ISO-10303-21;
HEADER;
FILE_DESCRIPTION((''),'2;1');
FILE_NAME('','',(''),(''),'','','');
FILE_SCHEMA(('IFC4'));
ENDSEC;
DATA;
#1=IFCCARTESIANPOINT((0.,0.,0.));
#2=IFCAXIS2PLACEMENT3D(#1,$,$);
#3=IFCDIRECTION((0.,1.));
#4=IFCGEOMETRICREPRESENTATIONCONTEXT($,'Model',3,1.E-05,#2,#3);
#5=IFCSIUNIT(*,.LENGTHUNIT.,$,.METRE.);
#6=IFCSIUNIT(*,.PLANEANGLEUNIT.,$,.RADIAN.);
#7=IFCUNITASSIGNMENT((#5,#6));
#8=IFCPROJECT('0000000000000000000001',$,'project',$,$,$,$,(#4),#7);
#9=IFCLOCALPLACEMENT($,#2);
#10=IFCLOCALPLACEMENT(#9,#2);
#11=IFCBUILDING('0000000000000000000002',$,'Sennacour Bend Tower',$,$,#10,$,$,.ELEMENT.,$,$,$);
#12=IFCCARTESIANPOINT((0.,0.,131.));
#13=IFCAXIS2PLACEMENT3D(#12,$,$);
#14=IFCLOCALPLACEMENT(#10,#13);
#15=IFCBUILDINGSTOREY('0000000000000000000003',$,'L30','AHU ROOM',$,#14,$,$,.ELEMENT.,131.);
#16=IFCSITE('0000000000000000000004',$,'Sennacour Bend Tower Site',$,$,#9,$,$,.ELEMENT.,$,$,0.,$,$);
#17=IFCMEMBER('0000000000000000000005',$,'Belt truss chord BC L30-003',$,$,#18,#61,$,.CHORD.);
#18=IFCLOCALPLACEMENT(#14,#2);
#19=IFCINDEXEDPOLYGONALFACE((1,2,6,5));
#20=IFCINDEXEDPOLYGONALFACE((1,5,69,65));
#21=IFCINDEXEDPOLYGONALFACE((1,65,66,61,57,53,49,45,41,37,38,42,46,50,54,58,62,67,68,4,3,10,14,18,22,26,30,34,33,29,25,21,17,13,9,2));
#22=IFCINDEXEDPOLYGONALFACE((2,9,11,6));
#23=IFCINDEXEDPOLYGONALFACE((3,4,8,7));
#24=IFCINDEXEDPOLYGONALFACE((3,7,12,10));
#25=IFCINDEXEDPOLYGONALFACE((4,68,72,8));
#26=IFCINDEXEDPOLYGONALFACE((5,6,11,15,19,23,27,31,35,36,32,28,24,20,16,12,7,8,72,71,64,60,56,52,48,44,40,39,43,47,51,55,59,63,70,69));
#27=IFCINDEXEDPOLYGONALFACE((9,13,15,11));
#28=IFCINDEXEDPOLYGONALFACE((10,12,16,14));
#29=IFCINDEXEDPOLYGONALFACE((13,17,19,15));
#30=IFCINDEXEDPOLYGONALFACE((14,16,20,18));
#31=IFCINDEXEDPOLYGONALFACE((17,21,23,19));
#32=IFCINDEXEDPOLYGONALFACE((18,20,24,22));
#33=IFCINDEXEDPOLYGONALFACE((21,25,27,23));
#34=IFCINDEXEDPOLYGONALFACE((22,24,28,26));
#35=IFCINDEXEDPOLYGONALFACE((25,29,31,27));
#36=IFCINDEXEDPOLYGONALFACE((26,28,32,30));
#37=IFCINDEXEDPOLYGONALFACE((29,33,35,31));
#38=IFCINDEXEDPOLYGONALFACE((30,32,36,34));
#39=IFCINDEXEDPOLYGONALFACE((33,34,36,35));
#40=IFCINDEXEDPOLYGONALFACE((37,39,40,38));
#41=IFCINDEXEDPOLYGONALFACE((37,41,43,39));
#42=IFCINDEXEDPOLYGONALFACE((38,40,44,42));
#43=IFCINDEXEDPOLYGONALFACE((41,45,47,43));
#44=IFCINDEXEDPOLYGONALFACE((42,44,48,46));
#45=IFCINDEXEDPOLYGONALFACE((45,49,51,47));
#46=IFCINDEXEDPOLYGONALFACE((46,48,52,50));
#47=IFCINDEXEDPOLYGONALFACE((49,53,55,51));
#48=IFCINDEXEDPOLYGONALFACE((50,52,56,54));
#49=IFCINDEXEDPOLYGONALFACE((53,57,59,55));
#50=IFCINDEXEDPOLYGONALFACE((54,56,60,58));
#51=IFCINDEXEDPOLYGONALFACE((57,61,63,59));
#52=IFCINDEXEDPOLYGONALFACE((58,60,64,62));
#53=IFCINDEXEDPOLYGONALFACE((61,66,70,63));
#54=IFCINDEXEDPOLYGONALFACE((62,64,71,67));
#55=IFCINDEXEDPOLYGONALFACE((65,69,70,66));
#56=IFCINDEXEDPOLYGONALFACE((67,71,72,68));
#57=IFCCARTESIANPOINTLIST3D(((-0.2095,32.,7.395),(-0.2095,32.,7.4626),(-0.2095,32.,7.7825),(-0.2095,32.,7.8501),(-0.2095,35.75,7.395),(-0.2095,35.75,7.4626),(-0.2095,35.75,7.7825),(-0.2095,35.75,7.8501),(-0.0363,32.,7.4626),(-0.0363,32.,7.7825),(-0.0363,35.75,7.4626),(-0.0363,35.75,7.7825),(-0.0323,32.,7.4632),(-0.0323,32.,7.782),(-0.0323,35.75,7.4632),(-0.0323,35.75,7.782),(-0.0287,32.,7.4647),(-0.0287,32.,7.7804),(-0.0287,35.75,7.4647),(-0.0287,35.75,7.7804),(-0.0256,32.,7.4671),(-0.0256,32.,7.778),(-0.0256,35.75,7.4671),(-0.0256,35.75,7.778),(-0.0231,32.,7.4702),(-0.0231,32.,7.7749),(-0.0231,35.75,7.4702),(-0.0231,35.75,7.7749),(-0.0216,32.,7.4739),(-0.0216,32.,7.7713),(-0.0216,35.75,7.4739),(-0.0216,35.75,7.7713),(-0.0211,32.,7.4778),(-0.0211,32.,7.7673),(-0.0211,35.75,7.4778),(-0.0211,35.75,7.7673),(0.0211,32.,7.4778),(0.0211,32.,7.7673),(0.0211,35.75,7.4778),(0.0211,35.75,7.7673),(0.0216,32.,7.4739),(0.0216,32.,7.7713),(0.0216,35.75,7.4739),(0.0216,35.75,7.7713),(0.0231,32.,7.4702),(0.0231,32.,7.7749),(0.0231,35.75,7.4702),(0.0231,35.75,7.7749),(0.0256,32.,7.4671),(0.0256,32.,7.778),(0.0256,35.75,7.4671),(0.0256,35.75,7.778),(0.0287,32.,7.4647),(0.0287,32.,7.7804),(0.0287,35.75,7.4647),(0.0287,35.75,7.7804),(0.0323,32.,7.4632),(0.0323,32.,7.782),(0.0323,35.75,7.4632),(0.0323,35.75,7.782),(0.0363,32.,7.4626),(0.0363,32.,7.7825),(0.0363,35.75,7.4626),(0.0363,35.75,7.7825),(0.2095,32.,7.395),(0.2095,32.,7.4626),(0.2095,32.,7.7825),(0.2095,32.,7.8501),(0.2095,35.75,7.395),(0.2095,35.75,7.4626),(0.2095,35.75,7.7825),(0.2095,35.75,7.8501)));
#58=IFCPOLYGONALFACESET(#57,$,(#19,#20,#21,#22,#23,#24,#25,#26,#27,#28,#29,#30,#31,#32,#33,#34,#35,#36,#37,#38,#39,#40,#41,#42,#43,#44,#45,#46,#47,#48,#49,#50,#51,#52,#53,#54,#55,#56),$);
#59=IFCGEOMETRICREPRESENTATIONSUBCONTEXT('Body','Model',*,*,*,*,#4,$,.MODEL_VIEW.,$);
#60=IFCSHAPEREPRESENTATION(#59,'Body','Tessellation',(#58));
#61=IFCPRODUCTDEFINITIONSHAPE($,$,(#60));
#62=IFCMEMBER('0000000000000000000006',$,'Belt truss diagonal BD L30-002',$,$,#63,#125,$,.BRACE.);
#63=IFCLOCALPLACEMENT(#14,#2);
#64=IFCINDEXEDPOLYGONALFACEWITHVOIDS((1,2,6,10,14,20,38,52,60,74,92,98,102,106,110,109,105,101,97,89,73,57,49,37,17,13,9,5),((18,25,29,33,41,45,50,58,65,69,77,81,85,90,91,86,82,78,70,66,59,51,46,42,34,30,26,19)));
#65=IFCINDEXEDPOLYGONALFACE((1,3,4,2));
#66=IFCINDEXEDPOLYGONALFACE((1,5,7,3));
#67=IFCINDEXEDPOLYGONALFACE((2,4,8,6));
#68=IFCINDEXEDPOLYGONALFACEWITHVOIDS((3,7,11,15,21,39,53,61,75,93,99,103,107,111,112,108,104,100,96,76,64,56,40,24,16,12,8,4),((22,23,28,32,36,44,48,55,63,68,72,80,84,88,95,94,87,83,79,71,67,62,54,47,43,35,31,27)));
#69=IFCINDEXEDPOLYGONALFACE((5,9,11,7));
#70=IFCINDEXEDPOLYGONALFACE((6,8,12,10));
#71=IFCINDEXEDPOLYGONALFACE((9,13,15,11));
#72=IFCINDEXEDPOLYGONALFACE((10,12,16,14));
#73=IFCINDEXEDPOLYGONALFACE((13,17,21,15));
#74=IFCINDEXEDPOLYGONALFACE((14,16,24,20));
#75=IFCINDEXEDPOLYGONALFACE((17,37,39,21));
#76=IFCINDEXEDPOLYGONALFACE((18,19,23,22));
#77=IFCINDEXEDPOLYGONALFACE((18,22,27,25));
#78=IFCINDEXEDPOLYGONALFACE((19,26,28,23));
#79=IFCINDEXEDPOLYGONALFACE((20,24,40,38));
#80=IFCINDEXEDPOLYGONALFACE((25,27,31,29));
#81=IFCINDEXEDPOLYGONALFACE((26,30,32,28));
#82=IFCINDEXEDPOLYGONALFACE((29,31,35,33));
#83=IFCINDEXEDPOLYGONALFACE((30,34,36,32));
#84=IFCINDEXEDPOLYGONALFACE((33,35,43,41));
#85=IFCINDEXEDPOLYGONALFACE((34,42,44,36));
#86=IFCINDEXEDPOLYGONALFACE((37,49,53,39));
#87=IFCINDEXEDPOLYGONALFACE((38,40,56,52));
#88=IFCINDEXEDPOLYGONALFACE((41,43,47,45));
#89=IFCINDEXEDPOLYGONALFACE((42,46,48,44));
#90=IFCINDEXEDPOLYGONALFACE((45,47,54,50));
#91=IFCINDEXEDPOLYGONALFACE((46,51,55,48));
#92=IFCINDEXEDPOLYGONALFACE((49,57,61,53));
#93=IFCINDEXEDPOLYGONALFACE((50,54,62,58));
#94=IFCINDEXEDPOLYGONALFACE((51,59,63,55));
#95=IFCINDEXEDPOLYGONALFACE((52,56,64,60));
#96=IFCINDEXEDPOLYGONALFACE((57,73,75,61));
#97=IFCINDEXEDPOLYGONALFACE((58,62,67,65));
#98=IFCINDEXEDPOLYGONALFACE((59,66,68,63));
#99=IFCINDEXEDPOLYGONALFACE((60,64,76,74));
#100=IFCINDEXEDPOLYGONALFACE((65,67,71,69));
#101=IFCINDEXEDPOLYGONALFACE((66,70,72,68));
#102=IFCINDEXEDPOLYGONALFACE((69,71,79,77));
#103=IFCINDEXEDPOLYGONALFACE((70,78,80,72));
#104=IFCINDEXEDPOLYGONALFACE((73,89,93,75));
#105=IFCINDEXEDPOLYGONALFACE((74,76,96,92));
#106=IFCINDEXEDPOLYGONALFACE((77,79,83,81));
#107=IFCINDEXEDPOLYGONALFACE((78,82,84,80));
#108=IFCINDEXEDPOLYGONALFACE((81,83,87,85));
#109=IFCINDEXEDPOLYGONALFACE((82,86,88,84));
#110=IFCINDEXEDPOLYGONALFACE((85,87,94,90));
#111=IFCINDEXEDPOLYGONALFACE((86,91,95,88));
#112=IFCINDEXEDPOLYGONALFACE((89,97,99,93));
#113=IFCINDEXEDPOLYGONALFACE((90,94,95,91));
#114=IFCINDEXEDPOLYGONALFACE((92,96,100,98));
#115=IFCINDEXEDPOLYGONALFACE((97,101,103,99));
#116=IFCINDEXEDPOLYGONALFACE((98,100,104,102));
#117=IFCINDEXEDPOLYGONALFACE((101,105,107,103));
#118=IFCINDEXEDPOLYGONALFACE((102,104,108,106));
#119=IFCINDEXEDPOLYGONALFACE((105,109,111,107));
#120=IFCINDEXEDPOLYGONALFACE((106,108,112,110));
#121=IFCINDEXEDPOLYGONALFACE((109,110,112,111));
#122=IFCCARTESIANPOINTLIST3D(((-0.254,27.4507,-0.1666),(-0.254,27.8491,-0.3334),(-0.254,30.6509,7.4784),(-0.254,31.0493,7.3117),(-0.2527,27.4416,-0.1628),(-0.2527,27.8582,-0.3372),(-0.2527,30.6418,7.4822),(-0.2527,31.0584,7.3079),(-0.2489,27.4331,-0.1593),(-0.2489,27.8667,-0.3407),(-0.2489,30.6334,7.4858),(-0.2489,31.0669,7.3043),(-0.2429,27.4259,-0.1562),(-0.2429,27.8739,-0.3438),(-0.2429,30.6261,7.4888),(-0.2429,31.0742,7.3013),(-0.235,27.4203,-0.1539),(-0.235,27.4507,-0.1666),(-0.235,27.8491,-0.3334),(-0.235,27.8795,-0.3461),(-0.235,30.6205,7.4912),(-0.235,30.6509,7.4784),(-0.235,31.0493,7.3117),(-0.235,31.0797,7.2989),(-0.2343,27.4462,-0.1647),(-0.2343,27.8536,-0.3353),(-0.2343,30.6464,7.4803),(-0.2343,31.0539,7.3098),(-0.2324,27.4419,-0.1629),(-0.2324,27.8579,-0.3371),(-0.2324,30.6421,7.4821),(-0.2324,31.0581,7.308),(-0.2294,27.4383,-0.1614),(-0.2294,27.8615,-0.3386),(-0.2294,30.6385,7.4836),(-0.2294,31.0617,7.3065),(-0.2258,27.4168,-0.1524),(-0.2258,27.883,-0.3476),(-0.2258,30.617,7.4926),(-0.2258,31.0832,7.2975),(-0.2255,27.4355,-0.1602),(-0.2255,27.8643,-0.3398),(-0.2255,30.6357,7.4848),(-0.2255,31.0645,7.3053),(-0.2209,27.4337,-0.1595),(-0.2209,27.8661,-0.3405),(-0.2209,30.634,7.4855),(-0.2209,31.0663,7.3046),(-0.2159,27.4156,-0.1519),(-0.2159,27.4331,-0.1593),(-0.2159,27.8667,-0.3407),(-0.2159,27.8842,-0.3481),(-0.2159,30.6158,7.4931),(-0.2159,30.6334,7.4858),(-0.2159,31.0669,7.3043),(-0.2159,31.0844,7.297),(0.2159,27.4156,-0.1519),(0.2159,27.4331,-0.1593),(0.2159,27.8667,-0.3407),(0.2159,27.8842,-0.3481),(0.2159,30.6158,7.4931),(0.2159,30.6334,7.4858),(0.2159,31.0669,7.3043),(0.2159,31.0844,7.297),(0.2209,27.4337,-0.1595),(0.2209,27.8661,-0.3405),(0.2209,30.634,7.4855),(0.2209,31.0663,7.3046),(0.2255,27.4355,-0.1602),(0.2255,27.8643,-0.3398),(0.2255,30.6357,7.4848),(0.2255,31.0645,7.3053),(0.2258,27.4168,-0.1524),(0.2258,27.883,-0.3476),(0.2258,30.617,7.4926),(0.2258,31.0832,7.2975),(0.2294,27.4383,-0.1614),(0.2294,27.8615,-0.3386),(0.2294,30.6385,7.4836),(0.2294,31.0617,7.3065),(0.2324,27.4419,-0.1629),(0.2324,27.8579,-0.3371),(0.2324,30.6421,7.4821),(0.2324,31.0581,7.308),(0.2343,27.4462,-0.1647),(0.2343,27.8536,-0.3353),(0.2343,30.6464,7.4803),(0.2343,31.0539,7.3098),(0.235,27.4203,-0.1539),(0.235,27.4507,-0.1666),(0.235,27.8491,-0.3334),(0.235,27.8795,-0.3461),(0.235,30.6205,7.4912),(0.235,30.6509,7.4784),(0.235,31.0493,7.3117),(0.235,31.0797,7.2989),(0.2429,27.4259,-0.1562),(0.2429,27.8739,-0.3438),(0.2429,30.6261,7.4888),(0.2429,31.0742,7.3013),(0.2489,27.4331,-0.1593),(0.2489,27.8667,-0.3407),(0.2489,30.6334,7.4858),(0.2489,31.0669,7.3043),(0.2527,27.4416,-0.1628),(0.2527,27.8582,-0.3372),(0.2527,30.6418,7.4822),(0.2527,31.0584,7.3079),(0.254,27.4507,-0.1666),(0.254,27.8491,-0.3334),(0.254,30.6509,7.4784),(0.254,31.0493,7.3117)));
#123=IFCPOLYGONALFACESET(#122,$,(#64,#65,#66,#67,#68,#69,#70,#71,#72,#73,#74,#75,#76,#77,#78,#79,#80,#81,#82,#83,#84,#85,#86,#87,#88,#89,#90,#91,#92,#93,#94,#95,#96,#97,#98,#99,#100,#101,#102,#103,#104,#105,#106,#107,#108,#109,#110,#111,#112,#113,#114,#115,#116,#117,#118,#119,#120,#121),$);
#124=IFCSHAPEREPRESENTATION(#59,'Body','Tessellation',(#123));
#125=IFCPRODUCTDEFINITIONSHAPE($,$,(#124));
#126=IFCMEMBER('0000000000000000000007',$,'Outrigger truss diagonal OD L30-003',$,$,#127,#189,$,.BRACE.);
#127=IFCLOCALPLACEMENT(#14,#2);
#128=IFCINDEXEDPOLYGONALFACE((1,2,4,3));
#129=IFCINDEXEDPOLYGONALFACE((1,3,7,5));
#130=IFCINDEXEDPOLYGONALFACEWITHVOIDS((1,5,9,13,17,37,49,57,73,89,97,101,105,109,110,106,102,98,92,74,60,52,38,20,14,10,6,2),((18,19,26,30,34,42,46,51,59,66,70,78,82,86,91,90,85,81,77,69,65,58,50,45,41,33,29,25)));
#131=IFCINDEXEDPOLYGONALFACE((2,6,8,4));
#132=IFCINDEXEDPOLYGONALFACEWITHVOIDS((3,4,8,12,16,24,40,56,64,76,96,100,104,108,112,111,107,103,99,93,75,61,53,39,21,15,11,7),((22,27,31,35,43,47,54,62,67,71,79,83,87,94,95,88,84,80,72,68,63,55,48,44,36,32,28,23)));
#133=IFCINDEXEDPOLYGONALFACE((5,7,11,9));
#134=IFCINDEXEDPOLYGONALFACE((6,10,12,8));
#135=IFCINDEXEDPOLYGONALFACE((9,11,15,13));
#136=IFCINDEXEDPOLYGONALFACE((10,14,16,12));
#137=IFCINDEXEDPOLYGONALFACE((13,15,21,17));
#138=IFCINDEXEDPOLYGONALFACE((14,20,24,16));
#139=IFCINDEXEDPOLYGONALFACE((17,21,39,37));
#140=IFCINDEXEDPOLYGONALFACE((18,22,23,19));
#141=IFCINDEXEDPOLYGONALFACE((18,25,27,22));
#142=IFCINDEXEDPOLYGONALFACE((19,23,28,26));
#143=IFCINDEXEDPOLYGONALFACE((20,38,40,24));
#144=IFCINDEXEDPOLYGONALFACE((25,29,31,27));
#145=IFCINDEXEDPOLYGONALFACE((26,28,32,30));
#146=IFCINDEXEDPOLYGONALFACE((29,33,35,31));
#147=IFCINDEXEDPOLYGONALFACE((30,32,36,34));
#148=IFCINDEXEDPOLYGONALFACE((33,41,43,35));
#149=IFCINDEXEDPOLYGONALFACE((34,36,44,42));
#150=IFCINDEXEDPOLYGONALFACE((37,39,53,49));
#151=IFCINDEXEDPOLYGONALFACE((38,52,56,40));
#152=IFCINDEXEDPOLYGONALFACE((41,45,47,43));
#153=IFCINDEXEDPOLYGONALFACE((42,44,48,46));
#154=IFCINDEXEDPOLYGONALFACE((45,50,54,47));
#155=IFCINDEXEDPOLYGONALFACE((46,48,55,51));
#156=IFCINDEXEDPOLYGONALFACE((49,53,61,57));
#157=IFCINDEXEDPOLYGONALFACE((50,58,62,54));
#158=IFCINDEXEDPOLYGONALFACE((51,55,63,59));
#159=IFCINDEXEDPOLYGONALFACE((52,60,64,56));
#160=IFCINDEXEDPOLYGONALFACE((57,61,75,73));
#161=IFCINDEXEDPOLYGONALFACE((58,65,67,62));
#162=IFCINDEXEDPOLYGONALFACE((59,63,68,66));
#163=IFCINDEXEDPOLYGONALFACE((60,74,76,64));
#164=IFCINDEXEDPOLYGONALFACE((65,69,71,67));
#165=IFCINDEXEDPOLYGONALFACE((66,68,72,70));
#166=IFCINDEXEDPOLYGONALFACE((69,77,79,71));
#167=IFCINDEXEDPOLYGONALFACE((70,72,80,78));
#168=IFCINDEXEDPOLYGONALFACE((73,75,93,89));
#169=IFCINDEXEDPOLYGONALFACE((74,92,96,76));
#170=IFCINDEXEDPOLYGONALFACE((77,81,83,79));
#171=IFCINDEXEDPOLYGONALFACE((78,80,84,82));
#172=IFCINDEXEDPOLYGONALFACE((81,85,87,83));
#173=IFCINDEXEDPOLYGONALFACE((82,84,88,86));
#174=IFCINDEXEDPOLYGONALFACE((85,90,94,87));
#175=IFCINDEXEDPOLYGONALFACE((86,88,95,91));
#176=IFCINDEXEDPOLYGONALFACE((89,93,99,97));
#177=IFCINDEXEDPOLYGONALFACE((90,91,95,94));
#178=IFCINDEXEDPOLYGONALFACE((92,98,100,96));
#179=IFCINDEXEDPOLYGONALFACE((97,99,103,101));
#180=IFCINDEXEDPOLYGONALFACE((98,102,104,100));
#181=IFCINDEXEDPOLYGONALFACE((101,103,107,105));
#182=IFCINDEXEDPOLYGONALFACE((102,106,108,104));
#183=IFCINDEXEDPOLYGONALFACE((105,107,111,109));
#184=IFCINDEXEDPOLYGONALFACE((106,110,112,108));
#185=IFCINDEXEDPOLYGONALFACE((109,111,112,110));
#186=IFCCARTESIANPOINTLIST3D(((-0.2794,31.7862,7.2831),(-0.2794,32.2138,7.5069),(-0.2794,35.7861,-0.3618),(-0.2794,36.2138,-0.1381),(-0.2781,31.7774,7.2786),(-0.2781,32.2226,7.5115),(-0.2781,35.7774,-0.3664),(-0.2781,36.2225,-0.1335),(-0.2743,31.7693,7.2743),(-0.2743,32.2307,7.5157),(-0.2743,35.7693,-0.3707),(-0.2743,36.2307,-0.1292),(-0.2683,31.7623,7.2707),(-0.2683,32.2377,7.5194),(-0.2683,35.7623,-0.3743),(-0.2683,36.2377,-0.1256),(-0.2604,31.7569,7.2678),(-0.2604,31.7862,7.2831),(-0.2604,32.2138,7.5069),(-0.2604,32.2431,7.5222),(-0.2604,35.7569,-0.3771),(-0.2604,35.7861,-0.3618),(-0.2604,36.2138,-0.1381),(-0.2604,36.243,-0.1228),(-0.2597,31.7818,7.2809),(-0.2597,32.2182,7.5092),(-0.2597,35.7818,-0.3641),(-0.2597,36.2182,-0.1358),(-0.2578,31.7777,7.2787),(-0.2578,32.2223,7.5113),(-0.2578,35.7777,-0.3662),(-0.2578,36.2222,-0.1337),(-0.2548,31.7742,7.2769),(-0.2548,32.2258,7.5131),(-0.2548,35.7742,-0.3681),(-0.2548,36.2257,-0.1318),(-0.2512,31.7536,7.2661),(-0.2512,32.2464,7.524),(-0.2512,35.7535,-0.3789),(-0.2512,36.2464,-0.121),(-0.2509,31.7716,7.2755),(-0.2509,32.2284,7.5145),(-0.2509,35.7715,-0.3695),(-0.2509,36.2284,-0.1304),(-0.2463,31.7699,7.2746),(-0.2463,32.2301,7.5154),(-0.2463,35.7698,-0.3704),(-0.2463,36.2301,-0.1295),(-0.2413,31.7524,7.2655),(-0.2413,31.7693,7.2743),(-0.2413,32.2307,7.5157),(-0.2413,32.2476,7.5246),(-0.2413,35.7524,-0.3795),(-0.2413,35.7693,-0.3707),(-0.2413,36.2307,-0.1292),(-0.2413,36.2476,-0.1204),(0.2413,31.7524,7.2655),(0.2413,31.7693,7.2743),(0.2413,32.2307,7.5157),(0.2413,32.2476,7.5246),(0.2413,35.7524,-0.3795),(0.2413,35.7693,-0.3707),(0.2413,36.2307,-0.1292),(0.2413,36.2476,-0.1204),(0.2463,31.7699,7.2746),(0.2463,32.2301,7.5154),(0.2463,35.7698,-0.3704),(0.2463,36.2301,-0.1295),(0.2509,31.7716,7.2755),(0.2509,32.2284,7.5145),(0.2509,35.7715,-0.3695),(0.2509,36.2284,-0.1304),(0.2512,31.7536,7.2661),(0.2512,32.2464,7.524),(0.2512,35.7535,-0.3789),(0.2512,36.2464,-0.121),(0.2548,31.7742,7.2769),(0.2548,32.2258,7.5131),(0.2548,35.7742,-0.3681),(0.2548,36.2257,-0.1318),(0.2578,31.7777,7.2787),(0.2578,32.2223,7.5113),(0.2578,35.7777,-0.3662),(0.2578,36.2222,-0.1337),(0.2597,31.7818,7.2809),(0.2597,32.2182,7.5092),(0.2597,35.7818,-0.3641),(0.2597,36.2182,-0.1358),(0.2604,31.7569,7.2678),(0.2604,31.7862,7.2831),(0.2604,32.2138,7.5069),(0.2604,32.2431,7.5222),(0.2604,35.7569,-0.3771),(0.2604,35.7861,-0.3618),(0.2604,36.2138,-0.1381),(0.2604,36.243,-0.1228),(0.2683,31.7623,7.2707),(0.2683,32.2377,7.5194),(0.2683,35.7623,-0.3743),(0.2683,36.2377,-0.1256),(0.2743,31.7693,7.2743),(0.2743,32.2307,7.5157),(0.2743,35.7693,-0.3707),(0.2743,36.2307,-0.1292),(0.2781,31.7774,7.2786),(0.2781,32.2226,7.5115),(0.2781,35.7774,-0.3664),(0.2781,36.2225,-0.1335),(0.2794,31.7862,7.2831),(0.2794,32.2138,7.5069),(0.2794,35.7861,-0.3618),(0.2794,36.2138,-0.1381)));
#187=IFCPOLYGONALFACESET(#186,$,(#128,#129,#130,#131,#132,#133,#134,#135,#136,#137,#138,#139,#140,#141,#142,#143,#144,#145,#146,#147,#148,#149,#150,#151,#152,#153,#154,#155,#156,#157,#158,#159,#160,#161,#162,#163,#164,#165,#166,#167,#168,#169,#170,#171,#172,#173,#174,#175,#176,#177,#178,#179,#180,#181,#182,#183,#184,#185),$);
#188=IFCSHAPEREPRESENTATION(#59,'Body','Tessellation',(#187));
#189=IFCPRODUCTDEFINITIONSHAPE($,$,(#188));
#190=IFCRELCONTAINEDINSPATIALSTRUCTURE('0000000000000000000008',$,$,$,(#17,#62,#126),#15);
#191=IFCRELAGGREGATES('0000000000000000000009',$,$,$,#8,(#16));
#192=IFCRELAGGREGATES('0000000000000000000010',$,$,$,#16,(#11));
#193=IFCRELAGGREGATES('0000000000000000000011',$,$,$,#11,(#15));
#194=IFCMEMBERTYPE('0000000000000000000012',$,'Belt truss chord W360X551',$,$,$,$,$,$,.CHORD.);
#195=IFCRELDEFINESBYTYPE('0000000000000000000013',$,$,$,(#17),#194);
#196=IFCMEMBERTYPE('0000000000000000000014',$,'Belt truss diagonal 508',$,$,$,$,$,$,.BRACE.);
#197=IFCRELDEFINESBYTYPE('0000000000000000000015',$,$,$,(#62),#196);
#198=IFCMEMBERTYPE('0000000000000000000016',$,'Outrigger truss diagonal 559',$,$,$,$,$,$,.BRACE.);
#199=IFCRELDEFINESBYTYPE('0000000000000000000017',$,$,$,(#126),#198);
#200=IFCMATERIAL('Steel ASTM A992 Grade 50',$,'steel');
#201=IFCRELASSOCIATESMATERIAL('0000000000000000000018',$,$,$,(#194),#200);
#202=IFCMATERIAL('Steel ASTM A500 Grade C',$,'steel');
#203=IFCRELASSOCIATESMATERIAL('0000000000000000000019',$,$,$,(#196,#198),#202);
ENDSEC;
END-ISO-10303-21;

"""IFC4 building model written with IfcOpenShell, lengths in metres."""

from ifc_helpers import new_model, si_unit, direction, frame, origin, origin_2d, place, context, subcontext, project, spatial, hollow_rectangle, i_section, extrude, material, material_profile, profile_set, type_object, element, save


model = new_model("IFC4")

# Units and contexts
model_context = context("Model", 3, precision=1e-05, world=origin(), true_north=direction((0.0, 1.0)))
body_context = subcontext(model_context, "Body", "Model", "MODEL_VIEW")
ifc_project = project(units=[si_unit("LENGTHUNIT", "METRE"), si_unit("PLANEANGLEUNIT", "RADIAN")], contexts=[model_context])

# Site, building, storey
site_placement = place(None, origin())
site = spatial("IfcSite", under=ifc_project, at=site_placement, Name="Sennacour Bend Tower Site", CompositionType="ELEMENT", RefElevation=0.0)
building_placement = place(site_placement, origin())
building = spatial("IfcBuilding", under=site, at=building_placement, Name="Sennacour Bend Tower", CompositionType="ELEMENT")
storey_placement = place(building_placement, frame((0.0, 0.0, 131.0)))
storey = spatial("IfcBuildingStorey", under=building, at=storey_placement, Name="L30", Description="AHU ROOM", CompositionType="ELEMENT", Elevation=131.0)

# Members
ifc_material_1 = material(Name="Steel ASTM A992 Grade 50", Category="steel")
ifc_material_profile_1 = material_profile(ifc_material_1, i_section(OverallWidth=0.4189, OverallDepth=0.4551, WebThickness=0.0422, FlangeThickness=0.0676, FilletRadius=0.0151, at=origin_2d()), Name="Steel ASTM A992 Grade 50", Category="steel")
ifc_profile_set_1 = profile_set([ifc_material_profile_1], Name="Steel ASTM A992 Grade 50")
member_type_1 = type_object("IfcMemberType", Name="Belt truss chord W360X551", PredefinedType="CHORD", material=ifc_profile_set_1)
member_1_placement = place(storey_placement, frame((0.0, 32.0, 7.6226), z_axis=(0.0, 1.0, 0.0), x_axis=(-1.0, 0.0, 0.0)))
element("IfcMember", 1, at=member_1_placement, inside=storey, type_object=member_type_1, Name="Belt truss chord BC L30-003", PredefinedType="CHORD", context=body_context, shape_type="SweptSolid", body=[
    extrude(i_section(OverallWidth=0.4189, OverallDepth=0.4551, WebThickness=0.0422, FlangeThickness=0.0676, FilletRadius=0.0151, at=origin_2d()), origin(), (0.0, 0.0, 1.0), 3.75),
])
ifc_material_2 = material(Name="Steel ASTM A500 Grade C", Category="steel")
ifc_material_profile_2 = material_profile(ifc_material_2, hollow_rectangle(XDim=0.5081, YDim=0.5081, WallThickness=0.019, InnerFilletRadius=0.019, OuterFilletRadius=0.0381, at=origin_2d()), Name="Steel ASTM A500 Grade C", Category="steel")
ifc_profile_set_2 = profile_set([ifc_material_profile_2], Name="Steel ASTM A500 Grade C")
member_type_2 = type_object("IfcMemberType", Name="Belt truss diagonal 508", PredefinedType="BRACE", material=ifc_profile_set_2)
member_2_placement = place(storey_placement, frame((0.0, 27.6499, -0.25), z_axis=(0.0, 0.386133, 0.922443), x_axis=(-1.0, 0.0, 0.0)))
element("IfcMember", 2, at=member_2_placement, inside=storey, type_object=member_type_2, Name="Belt truss diagonal BD L30-002", PredefinedType="BRACE", context=body_context, shape_type="SweptSolid", body=[
    extrude(hollow_rectangle(XDim=0.5081, YDim=0.5081, WallThickness=0.019, InnerFilletRadius=0.019, OuterFilletRadius=0.0381, at=origin_2d()), origin(), (0.0, 0.0, 1.0), 8.2878),
])
ifc_material_profile_3 = material_profile(ifc_material_2, hollow_rectangle(XDim=0.5588, YDim=0.5588, WallThickness=0.019, InnerFilletRadius=0.019, OuterFilletRadius=0.0381, at=origin_2d()), Name="Steel ASTM A500 Grade C", Category="steel")
ifc_profile_set_3 = profile_set([ifc_material_profile_3], Name="Steel ASTM A500 Grade C")
member_type_3 = type_object("IfcMemberType", Name="Outrigger truss diagonal 559", PredefinedType="BRACE", material=ifc_profile_set_3)
member_3_placement = place(storey_placement, frame((0.0, 32.0, 7.395), z_axis=(0.0, 0.463595, -0.886047), x_axis=(-1.0, 0.0, 0.0)))
element("IfcMember", 3, at=member_3_placement, inside=storey, type_object=member_type_3, Name="Outrigger truss diagonal OD L30-003", PredefinedType="BRACE", context=body_context, shape_type="SweptSolid", body=[
    extrude(hollow_rectangle(XDim=0.5588, YDim=0.5588, WallThickness=0.019, InnerFilletRadius=0.019, OuterFilletRadius=0.0381, at=origin_2d()), origin(), (0.0, 0.0, 1.0), 8.6282),
])

save(model, "model.ifc")
